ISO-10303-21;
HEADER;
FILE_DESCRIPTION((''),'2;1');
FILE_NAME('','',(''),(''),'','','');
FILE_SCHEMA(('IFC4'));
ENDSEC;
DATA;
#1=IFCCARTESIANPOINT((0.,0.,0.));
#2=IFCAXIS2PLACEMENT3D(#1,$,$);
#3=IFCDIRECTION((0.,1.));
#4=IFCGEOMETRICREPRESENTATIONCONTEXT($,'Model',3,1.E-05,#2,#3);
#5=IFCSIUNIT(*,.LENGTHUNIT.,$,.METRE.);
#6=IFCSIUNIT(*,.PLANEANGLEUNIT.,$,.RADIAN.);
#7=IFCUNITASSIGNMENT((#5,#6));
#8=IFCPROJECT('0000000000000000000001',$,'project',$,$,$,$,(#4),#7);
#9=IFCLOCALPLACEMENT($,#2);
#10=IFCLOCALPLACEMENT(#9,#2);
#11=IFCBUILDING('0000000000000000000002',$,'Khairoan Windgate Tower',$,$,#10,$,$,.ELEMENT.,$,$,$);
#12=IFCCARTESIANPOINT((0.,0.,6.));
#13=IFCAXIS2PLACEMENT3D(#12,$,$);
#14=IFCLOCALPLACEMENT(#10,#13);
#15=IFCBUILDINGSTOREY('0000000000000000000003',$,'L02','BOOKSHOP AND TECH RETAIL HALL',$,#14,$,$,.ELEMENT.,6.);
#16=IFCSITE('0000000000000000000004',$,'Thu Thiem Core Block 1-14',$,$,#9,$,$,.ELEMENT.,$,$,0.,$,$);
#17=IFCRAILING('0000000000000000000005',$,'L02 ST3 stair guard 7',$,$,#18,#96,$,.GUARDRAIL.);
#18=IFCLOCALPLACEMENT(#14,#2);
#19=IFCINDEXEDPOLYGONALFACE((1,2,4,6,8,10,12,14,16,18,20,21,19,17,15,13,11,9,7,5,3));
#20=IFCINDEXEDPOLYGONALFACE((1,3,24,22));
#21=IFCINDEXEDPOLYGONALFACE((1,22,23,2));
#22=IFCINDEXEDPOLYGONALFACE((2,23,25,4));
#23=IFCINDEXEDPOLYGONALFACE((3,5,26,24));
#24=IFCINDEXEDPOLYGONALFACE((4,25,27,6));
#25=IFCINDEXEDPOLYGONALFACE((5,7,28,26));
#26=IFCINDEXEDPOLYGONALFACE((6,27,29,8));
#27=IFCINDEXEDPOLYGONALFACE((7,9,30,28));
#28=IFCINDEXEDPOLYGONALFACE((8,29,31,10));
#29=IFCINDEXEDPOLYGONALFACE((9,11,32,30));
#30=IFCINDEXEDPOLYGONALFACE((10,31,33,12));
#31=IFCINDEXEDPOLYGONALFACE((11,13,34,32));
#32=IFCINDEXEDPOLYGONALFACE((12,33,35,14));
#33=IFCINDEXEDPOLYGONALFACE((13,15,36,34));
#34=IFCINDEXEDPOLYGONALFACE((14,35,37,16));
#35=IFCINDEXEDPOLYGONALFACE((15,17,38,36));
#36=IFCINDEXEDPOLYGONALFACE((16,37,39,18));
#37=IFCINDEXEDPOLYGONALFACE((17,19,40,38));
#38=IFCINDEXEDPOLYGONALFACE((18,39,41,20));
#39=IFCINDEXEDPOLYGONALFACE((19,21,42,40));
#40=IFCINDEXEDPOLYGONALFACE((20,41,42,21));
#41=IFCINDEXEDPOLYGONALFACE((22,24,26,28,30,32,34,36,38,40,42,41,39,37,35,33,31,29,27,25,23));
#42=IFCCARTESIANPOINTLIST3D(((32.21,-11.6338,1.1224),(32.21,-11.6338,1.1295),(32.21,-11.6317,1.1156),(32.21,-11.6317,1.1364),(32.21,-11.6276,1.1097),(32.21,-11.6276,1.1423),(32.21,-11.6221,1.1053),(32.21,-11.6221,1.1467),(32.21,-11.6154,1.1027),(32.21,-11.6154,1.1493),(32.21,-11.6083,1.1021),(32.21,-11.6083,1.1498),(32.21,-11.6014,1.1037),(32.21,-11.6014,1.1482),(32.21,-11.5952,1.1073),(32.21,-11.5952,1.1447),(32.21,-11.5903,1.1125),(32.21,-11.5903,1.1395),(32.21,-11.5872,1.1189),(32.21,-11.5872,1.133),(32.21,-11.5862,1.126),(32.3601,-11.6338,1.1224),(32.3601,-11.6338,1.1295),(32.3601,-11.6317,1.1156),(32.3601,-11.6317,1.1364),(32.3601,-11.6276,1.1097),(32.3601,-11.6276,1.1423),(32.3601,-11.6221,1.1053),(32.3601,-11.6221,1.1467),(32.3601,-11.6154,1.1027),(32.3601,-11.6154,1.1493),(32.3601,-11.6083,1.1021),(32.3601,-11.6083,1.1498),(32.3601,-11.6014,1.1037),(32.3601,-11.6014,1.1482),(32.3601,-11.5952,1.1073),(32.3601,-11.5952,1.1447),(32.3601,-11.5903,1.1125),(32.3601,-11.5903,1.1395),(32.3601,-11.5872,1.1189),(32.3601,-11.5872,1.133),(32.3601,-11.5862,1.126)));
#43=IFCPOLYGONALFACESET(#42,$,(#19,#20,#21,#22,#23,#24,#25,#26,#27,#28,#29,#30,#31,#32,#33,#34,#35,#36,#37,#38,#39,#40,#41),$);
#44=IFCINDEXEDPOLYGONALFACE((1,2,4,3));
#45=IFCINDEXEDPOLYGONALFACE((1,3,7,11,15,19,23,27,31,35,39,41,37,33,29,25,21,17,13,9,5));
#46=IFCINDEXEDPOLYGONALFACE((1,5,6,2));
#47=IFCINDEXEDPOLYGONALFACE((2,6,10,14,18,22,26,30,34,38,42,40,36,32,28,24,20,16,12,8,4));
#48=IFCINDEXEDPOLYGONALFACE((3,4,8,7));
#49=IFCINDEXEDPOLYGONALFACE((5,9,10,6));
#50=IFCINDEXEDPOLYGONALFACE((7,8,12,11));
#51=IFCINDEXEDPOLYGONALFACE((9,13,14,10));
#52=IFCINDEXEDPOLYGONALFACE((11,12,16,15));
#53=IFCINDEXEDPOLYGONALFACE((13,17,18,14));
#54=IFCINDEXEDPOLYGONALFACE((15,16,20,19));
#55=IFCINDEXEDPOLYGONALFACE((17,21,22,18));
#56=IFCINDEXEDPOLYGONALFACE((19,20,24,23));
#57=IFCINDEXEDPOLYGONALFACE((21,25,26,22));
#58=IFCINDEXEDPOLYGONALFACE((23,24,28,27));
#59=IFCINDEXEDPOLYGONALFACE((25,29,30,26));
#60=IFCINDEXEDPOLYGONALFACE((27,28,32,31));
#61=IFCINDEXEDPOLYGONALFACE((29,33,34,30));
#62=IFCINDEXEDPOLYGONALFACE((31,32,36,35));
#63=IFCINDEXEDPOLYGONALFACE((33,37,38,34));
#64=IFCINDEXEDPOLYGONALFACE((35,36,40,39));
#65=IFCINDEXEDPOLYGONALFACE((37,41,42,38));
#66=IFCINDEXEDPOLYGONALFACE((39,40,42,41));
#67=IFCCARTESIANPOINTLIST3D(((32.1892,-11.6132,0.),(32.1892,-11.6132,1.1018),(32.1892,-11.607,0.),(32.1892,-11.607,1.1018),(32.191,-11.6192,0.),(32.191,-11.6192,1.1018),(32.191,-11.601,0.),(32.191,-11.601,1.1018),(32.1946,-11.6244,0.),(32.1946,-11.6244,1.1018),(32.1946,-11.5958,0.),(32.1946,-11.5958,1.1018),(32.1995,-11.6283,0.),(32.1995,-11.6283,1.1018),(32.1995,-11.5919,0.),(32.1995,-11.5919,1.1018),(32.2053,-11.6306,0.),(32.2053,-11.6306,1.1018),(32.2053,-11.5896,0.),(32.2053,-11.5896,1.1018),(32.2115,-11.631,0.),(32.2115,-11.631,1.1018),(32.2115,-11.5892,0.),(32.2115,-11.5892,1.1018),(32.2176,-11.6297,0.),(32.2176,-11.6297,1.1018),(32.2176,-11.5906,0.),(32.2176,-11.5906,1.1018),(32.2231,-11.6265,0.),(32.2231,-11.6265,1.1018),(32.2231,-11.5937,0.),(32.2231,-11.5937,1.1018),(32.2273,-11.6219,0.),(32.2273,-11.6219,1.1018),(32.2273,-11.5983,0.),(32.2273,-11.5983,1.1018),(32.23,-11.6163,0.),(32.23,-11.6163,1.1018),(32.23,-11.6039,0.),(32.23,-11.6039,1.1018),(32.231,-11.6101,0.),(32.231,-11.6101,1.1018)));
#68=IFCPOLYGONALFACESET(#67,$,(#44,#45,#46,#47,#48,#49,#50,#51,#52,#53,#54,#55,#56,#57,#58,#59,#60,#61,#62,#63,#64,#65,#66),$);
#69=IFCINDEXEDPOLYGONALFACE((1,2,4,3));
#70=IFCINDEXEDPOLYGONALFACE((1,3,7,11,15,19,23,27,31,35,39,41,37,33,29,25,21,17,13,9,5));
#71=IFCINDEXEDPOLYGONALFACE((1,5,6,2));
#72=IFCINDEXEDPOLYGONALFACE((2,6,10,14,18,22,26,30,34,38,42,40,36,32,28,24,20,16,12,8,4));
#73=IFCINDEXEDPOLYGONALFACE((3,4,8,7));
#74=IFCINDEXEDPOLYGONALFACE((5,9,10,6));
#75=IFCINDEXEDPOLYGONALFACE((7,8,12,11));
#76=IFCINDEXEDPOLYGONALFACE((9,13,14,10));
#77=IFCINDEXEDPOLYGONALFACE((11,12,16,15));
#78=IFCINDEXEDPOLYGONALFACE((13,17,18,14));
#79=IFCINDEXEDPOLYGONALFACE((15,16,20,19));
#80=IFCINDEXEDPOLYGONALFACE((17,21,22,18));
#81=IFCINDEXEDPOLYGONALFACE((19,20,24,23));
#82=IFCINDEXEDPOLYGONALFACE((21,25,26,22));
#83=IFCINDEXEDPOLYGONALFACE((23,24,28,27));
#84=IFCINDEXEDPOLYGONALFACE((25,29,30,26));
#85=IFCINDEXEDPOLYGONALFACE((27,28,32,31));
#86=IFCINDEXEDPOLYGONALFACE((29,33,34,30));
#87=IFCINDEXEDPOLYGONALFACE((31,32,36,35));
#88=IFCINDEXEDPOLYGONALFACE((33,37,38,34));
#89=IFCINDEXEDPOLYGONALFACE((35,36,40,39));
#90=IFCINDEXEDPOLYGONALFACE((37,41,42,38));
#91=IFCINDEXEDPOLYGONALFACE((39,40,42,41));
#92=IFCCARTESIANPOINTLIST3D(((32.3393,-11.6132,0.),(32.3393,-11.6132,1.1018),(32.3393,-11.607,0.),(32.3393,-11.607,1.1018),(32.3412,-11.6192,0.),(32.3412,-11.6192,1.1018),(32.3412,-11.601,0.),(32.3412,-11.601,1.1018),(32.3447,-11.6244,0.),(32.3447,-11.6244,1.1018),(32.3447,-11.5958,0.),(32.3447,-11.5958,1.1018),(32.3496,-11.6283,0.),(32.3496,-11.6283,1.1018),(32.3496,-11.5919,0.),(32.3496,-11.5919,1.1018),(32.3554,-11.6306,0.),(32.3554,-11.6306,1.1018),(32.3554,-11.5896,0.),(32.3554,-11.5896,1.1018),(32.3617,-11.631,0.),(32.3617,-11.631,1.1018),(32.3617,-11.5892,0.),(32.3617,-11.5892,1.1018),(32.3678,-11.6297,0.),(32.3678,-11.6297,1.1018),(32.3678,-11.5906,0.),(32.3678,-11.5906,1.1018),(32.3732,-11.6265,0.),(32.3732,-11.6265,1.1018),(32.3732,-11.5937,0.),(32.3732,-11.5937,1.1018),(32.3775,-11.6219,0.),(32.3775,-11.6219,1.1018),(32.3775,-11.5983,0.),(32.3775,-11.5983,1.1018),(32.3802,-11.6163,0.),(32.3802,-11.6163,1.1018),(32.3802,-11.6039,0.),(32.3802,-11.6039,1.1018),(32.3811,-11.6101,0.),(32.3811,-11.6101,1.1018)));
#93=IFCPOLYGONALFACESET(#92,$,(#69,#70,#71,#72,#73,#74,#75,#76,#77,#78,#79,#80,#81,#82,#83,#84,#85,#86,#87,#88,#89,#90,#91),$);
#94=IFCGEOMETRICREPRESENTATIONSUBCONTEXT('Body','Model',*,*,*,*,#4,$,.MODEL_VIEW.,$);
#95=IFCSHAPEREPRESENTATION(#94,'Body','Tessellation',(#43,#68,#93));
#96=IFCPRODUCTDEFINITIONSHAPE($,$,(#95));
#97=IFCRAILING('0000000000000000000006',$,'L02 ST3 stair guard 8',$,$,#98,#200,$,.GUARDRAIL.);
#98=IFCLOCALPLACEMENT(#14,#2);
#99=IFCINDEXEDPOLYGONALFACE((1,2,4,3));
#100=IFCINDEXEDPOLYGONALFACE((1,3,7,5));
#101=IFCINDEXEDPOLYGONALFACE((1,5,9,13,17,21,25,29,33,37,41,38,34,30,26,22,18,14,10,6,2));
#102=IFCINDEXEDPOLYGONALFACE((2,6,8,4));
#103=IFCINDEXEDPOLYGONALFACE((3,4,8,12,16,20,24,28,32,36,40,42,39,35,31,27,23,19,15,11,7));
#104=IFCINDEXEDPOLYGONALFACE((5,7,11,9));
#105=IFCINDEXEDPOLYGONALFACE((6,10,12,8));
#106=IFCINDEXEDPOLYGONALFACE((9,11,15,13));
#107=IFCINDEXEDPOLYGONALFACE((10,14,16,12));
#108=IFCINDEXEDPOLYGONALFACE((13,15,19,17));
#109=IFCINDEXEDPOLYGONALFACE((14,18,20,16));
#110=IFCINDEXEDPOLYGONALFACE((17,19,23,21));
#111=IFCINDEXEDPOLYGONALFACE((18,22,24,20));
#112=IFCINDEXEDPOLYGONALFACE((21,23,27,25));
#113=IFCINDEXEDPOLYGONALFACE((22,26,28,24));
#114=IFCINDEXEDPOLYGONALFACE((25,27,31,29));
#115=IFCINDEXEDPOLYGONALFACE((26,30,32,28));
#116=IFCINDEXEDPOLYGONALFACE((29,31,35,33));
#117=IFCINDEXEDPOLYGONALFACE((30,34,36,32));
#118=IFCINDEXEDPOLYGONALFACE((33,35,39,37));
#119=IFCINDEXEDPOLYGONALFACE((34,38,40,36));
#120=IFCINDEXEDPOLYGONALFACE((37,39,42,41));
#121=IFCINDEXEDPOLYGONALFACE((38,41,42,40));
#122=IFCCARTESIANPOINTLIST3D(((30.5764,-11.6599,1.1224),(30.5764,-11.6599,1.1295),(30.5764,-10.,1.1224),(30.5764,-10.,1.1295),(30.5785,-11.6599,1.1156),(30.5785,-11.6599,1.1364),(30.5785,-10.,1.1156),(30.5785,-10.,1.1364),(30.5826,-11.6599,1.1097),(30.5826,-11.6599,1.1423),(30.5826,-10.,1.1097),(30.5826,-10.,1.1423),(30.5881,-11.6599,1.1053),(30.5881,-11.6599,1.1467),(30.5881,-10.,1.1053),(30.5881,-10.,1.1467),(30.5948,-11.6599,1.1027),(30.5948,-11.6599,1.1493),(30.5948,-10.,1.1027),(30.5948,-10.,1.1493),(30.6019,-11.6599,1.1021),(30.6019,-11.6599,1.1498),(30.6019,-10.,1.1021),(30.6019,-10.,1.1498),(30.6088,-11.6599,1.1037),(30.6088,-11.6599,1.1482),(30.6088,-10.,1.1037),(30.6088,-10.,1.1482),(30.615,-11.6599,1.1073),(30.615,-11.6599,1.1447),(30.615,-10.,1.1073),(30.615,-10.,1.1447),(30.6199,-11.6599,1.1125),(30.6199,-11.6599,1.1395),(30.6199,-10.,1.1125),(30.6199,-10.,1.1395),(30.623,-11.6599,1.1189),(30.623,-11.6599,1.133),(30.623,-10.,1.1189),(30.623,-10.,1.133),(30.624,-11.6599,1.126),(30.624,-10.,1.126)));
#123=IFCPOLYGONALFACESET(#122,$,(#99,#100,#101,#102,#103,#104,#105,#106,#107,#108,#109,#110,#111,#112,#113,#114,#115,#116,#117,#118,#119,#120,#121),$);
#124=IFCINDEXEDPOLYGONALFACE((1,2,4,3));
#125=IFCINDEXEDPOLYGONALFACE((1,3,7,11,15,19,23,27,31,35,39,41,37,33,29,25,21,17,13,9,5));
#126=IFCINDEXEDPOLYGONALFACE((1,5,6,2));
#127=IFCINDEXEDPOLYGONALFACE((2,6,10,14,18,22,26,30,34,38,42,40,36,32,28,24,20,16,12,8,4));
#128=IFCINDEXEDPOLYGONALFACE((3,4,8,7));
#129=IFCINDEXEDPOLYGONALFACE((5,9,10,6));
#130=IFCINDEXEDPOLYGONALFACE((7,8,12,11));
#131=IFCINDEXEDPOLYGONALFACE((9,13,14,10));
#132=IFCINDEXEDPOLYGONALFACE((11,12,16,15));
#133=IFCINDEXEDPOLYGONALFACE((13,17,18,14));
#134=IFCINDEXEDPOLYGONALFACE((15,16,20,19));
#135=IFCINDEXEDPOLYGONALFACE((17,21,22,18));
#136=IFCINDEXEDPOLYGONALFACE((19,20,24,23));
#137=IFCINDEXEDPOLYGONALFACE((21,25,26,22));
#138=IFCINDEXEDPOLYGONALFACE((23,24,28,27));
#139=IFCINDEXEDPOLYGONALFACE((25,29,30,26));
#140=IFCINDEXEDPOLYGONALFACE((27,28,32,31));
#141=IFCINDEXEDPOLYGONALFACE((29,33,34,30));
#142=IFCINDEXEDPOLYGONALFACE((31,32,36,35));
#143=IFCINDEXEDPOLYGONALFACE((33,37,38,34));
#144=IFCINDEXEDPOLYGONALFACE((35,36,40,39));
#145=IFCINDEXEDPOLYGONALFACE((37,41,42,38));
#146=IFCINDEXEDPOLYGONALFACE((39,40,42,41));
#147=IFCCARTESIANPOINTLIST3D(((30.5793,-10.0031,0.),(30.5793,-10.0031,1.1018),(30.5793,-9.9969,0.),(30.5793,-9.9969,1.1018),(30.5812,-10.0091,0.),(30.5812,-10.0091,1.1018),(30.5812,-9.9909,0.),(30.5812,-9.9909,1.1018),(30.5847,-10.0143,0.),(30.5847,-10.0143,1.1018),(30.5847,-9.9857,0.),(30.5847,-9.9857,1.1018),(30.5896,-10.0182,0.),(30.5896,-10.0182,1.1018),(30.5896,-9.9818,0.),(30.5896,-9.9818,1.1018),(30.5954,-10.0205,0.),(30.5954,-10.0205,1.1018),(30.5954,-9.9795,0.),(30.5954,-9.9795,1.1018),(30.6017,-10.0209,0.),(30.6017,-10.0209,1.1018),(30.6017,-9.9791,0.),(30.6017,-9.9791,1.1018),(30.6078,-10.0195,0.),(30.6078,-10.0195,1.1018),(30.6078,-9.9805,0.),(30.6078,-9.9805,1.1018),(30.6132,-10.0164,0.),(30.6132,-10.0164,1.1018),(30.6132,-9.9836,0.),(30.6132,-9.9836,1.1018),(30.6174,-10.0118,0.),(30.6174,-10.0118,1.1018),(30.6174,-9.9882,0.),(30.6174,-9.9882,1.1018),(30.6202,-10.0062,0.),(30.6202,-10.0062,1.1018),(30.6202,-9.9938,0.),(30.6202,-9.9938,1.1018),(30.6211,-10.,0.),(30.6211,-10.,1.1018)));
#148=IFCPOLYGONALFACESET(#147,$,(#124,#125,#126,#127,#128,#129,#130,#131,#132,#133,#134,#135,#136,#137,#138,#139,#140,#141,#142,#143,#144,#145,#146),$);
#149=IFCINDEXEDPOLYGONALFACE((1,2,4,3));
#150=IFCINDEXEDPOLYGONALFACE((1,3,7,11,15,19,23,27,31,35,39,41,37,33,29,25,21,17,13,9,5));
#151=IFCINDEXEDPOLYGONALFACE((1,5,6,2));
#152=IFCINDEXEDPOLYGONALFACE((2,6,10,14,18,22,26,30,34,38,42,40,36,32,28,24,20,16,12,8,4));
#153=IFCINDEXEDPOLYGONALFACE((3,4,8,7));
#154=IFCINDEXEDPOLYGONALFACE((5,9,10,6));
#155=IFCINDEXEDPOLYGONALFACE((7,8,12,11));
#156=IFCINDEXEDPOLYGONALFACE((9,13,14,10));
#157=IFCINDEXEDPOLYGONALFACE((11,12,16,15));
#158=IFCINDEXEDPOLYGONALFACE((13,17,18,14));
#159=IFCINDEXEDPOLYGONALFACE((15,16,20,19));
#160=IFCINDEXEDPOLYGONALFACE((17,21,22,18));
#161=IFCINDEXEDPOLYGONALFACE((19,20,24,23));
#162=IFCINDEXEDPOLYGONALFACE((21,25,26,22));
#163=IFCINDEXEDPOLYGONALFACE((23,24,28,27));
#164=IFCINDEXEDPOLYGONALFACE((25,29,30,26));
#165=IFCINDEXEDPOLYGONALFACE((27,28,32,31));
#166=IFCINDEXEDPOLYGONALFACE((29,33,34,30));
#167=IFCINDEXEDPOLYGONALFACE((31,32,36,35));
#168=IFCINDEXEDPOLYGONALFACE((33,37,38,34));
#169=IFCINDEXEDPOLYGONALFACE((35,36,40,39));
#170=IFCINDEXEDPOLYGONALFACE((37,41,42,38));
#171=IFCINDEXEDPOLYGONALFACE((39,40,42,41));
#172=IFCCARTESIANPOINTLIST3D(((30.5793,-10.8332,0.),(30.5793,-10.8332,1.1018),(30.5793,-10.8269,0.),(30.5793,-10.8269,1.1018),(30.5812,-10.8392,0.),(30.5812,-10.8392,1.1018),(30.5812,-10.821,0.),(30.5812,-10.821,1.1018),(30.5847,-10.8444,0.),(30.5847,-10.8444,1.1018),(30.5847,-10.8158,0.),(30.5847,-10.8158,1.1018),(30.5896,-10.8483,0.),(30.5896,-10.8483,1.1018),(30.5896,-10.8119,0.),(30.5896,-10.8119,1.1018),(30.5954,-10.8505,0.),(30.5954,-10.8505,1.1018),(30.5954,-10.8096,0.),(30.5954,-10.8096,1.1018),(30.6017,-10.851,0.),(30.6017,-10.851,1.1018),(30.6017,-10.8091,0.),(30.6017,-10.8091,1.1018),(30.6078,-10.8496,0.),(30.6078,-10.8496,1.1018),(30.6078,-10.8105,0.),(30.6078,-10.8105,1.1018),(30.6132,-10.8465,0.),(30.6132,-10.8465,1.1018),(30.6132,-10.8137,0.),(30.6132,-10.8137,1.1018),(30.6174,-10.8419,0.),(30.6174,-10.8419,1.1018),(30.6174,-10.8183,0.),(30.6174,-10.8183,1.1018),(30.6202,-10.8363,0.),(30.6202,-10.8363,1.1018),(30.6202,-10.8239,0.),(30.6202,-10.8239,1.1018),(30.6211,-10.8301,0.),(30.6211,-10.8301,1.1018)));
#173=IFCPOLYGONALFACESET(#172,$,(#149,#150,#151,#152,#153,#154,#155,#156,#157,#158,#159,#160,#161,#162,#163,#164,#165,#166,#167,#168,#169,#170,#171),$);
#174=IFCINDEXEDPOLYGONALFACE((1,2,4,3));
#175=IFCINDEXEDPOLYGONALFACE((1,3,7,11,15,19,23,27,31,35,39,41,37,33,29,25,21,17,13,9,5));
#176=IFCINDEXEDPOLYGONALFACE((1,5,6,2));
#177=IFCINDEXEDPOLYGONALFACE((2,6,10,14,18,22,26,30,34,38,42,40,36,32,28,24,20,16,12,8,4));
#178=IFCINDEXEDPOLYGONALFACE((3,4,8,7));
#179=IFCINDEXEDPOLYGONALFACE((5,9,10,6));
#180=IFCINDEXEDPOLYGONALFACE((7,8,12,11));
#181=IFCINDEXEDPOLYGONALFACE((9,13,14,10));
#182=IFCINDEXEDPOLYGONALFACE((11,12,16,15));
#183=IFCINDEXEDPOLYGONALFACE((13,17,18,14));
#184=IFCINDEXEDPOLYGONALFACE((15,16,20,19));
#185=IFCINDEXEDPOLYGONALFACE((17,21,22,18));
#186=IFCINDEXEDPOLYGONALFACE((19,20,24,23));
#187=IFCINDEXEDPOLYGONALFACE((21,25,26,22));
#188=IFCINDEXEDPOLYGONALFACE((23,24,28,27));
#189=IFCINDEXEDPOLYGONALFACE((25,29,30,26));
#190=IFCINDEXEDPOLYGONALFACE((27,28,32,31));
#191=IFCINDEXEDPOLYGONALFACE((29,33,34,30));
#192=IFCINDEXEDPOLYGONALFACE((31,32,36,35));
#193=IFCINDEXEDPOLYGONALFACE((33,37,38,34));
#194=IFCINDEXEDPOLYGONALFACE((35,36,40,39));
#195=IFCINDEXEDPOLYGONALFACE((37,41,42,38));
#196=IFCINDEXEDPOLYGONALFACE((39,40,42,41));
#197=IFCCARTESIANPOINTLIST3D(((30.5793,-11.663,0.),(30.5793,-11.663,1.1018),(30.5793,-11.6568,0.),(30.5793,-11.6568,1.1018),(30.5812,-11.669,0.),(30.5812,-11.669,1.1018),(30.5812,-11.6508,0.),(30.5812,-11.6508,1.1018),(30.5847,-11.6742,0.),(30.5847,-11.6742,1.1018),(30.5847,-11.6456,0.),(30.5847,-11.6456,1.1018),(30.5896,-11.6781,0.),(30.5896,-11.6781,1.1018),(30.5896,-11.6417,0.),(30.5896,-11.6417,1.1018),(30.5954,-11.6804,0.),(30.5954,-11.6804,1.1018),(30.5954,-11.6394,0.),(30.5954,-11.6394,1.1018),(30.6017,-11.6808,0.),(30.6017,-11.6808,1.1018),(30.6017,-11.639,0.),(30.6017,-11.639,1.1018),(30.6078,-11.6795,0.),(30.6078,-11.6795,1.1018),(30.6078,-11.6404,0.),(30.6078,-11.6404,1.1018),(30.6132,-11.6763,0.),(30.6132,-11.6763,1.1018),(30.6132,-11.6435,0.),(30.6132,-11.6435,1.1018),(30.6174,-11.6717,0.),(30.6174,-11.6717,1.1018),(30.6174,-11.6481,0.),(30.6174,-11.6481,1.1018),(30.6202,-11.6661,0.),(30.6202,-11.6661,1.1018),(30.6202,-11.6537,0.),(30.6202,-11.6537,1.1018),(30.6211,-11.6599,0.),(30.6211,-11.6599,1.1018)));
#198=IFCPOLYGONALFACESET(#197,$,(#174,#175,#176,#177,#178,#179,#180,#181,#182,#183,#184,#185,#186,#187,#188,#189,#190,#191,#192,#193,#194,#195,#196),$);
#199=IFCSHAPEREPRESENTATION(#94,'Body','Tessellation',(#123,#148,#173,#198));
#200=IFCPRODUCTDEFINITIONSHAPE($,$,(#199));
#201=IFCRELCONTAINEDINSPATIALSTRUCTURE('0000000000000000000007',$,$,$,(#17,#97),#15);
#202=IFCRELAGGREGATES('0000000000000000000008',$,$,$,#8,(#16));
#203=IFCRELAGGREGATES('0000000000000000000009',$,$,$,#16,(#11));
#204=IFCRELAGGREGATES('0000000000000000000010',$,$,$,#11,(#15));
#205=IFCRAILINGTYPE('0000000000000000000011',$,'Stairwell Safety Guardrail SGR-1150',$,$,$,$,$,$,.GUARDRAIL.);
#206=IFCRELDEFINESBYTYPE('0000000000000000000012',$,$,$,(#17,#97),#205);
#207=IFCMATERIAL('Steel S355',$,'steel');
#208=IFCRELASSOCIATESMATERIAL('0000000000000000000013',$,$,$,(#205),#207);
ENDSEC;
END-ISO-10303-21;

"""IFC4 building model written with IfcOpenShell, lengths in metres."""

from ifc_helpers import new_model, si_unit, direction, frame, origin, origin_2d, place, context, subcontext, project, spatial, circle, extrude, material, type_object, element, save


model = new_model("IFC4")

# Units and contexts
model_context = context("Model", 3, precision=1e-05, world=origin(), true_north=direction((0.0, 1.0)))
body_context = subcontext(model_context, "Body", "Model", "MODEL_VIEW")
ifc_project = project(units=[si_unit("LENGTHUNIT", "METRE"), si_unit("PLANEANGLEUNIT", "RADIAN")], contexts=[model_context])

# Site, building, storey
site_placement = place(None, origin())
site = spatial("IfcSite", under=ifc_project, at=site_placement, Name="Thu Thiem Core Block 1-14", CompositionType="ELEMENT", RefElevation=0.0)
building_placement = place(site_placement, origin())
building = spatial("IfcBuilding", under=site, at=building_placement, Name="Khairoan Windgate Tower", CompositionType="ELEMENT")
storey_placement = place(building_placement, frame((0.0, 0.0, 6.0)))
storey = spatial("IfcBuildingStorey", under=building, at=storey_placement, Name="L02", Description="BOOKSHOP AND TECH RETAIL HALL", CompositionType="ELEMENT", Elevation=6.0)

# Railings
ifc_material_1 = material(Name="Steel S355", Category="steel")
railing_type_1 = type_object("IfcRailingType", Name="Stairwell Safety Guardrail SGR-1150", PredefinedType="GUARDRAIL", material=ifc_material_1)
railing_1_placement = place(storey_placement, frame((32.21, -11.6101, 0.0)))
element("IfcRailing", 1, at=railing_1_placement, inside=storey, type_object=railing_type_1, Name="L02 ST3 stair guard 7", PredefinedType="GUARDRAIL", context=body_context, shape_type="SweptSolid", body=[
    extrude(circle(Radius=0.0239, at=origin_2d()), frame((0.0, 0.0, 1.126), z_axis=(1.0, 0.0, 0.0), x_axis=(0.0, 1.0, 0.0)), (0.0, 0.0, 1.0), 0.1501),
    extrude(circle(Radius=0.021, at=origin_2d()), origin(), (0.0, 0.0, 1.0), 1.1018),
    extrude(circle(Radius=0.021, at=origin_2d()), frame((0.1501, 0.0, 0.0)), (0.0, 0.0, 1.0), 1.1018),
])
for number, where, name in (
    (2, (30.6001, -10.0, 0.0), "L02 ST3 stair guard 8"),
):
    element("IfcRailing", number, at=place(storey_placement, frame(where)), inside=storey, type_object=railing_type_1, Name=name, PredefinedType="GUARDRAIL", context=body_context, shape_type="SweptSolid", body=[
        extrude(circle(Radius=0.0239, at=origin_2d()), frame((0.0, 0.0, 1.126), z_axis=(0.0, -1.0, 0.0), x_axis=(1.0, 0.0, 0.0)), (0.0, 0.0, 1.0), 1.6599),
        extrude(circle(Radius=0.021, at=origin_2d()), origin(), (0.0, 0.0, 1.0), 1.1018),
        extrude(circle(Radius=0.021, at=origin_2d()), frame((0.0, -0.8301, 0.0)), (0.0, 0.0, 1.0), 1.1018),
        extrude(circle(Radius=0.021, at=origin_2d()), frame((0.0, -1.6599, 0.0)), (0.0, 0.0, 1.0), 1.1018),
    ])

save(model, "model.ifc")
